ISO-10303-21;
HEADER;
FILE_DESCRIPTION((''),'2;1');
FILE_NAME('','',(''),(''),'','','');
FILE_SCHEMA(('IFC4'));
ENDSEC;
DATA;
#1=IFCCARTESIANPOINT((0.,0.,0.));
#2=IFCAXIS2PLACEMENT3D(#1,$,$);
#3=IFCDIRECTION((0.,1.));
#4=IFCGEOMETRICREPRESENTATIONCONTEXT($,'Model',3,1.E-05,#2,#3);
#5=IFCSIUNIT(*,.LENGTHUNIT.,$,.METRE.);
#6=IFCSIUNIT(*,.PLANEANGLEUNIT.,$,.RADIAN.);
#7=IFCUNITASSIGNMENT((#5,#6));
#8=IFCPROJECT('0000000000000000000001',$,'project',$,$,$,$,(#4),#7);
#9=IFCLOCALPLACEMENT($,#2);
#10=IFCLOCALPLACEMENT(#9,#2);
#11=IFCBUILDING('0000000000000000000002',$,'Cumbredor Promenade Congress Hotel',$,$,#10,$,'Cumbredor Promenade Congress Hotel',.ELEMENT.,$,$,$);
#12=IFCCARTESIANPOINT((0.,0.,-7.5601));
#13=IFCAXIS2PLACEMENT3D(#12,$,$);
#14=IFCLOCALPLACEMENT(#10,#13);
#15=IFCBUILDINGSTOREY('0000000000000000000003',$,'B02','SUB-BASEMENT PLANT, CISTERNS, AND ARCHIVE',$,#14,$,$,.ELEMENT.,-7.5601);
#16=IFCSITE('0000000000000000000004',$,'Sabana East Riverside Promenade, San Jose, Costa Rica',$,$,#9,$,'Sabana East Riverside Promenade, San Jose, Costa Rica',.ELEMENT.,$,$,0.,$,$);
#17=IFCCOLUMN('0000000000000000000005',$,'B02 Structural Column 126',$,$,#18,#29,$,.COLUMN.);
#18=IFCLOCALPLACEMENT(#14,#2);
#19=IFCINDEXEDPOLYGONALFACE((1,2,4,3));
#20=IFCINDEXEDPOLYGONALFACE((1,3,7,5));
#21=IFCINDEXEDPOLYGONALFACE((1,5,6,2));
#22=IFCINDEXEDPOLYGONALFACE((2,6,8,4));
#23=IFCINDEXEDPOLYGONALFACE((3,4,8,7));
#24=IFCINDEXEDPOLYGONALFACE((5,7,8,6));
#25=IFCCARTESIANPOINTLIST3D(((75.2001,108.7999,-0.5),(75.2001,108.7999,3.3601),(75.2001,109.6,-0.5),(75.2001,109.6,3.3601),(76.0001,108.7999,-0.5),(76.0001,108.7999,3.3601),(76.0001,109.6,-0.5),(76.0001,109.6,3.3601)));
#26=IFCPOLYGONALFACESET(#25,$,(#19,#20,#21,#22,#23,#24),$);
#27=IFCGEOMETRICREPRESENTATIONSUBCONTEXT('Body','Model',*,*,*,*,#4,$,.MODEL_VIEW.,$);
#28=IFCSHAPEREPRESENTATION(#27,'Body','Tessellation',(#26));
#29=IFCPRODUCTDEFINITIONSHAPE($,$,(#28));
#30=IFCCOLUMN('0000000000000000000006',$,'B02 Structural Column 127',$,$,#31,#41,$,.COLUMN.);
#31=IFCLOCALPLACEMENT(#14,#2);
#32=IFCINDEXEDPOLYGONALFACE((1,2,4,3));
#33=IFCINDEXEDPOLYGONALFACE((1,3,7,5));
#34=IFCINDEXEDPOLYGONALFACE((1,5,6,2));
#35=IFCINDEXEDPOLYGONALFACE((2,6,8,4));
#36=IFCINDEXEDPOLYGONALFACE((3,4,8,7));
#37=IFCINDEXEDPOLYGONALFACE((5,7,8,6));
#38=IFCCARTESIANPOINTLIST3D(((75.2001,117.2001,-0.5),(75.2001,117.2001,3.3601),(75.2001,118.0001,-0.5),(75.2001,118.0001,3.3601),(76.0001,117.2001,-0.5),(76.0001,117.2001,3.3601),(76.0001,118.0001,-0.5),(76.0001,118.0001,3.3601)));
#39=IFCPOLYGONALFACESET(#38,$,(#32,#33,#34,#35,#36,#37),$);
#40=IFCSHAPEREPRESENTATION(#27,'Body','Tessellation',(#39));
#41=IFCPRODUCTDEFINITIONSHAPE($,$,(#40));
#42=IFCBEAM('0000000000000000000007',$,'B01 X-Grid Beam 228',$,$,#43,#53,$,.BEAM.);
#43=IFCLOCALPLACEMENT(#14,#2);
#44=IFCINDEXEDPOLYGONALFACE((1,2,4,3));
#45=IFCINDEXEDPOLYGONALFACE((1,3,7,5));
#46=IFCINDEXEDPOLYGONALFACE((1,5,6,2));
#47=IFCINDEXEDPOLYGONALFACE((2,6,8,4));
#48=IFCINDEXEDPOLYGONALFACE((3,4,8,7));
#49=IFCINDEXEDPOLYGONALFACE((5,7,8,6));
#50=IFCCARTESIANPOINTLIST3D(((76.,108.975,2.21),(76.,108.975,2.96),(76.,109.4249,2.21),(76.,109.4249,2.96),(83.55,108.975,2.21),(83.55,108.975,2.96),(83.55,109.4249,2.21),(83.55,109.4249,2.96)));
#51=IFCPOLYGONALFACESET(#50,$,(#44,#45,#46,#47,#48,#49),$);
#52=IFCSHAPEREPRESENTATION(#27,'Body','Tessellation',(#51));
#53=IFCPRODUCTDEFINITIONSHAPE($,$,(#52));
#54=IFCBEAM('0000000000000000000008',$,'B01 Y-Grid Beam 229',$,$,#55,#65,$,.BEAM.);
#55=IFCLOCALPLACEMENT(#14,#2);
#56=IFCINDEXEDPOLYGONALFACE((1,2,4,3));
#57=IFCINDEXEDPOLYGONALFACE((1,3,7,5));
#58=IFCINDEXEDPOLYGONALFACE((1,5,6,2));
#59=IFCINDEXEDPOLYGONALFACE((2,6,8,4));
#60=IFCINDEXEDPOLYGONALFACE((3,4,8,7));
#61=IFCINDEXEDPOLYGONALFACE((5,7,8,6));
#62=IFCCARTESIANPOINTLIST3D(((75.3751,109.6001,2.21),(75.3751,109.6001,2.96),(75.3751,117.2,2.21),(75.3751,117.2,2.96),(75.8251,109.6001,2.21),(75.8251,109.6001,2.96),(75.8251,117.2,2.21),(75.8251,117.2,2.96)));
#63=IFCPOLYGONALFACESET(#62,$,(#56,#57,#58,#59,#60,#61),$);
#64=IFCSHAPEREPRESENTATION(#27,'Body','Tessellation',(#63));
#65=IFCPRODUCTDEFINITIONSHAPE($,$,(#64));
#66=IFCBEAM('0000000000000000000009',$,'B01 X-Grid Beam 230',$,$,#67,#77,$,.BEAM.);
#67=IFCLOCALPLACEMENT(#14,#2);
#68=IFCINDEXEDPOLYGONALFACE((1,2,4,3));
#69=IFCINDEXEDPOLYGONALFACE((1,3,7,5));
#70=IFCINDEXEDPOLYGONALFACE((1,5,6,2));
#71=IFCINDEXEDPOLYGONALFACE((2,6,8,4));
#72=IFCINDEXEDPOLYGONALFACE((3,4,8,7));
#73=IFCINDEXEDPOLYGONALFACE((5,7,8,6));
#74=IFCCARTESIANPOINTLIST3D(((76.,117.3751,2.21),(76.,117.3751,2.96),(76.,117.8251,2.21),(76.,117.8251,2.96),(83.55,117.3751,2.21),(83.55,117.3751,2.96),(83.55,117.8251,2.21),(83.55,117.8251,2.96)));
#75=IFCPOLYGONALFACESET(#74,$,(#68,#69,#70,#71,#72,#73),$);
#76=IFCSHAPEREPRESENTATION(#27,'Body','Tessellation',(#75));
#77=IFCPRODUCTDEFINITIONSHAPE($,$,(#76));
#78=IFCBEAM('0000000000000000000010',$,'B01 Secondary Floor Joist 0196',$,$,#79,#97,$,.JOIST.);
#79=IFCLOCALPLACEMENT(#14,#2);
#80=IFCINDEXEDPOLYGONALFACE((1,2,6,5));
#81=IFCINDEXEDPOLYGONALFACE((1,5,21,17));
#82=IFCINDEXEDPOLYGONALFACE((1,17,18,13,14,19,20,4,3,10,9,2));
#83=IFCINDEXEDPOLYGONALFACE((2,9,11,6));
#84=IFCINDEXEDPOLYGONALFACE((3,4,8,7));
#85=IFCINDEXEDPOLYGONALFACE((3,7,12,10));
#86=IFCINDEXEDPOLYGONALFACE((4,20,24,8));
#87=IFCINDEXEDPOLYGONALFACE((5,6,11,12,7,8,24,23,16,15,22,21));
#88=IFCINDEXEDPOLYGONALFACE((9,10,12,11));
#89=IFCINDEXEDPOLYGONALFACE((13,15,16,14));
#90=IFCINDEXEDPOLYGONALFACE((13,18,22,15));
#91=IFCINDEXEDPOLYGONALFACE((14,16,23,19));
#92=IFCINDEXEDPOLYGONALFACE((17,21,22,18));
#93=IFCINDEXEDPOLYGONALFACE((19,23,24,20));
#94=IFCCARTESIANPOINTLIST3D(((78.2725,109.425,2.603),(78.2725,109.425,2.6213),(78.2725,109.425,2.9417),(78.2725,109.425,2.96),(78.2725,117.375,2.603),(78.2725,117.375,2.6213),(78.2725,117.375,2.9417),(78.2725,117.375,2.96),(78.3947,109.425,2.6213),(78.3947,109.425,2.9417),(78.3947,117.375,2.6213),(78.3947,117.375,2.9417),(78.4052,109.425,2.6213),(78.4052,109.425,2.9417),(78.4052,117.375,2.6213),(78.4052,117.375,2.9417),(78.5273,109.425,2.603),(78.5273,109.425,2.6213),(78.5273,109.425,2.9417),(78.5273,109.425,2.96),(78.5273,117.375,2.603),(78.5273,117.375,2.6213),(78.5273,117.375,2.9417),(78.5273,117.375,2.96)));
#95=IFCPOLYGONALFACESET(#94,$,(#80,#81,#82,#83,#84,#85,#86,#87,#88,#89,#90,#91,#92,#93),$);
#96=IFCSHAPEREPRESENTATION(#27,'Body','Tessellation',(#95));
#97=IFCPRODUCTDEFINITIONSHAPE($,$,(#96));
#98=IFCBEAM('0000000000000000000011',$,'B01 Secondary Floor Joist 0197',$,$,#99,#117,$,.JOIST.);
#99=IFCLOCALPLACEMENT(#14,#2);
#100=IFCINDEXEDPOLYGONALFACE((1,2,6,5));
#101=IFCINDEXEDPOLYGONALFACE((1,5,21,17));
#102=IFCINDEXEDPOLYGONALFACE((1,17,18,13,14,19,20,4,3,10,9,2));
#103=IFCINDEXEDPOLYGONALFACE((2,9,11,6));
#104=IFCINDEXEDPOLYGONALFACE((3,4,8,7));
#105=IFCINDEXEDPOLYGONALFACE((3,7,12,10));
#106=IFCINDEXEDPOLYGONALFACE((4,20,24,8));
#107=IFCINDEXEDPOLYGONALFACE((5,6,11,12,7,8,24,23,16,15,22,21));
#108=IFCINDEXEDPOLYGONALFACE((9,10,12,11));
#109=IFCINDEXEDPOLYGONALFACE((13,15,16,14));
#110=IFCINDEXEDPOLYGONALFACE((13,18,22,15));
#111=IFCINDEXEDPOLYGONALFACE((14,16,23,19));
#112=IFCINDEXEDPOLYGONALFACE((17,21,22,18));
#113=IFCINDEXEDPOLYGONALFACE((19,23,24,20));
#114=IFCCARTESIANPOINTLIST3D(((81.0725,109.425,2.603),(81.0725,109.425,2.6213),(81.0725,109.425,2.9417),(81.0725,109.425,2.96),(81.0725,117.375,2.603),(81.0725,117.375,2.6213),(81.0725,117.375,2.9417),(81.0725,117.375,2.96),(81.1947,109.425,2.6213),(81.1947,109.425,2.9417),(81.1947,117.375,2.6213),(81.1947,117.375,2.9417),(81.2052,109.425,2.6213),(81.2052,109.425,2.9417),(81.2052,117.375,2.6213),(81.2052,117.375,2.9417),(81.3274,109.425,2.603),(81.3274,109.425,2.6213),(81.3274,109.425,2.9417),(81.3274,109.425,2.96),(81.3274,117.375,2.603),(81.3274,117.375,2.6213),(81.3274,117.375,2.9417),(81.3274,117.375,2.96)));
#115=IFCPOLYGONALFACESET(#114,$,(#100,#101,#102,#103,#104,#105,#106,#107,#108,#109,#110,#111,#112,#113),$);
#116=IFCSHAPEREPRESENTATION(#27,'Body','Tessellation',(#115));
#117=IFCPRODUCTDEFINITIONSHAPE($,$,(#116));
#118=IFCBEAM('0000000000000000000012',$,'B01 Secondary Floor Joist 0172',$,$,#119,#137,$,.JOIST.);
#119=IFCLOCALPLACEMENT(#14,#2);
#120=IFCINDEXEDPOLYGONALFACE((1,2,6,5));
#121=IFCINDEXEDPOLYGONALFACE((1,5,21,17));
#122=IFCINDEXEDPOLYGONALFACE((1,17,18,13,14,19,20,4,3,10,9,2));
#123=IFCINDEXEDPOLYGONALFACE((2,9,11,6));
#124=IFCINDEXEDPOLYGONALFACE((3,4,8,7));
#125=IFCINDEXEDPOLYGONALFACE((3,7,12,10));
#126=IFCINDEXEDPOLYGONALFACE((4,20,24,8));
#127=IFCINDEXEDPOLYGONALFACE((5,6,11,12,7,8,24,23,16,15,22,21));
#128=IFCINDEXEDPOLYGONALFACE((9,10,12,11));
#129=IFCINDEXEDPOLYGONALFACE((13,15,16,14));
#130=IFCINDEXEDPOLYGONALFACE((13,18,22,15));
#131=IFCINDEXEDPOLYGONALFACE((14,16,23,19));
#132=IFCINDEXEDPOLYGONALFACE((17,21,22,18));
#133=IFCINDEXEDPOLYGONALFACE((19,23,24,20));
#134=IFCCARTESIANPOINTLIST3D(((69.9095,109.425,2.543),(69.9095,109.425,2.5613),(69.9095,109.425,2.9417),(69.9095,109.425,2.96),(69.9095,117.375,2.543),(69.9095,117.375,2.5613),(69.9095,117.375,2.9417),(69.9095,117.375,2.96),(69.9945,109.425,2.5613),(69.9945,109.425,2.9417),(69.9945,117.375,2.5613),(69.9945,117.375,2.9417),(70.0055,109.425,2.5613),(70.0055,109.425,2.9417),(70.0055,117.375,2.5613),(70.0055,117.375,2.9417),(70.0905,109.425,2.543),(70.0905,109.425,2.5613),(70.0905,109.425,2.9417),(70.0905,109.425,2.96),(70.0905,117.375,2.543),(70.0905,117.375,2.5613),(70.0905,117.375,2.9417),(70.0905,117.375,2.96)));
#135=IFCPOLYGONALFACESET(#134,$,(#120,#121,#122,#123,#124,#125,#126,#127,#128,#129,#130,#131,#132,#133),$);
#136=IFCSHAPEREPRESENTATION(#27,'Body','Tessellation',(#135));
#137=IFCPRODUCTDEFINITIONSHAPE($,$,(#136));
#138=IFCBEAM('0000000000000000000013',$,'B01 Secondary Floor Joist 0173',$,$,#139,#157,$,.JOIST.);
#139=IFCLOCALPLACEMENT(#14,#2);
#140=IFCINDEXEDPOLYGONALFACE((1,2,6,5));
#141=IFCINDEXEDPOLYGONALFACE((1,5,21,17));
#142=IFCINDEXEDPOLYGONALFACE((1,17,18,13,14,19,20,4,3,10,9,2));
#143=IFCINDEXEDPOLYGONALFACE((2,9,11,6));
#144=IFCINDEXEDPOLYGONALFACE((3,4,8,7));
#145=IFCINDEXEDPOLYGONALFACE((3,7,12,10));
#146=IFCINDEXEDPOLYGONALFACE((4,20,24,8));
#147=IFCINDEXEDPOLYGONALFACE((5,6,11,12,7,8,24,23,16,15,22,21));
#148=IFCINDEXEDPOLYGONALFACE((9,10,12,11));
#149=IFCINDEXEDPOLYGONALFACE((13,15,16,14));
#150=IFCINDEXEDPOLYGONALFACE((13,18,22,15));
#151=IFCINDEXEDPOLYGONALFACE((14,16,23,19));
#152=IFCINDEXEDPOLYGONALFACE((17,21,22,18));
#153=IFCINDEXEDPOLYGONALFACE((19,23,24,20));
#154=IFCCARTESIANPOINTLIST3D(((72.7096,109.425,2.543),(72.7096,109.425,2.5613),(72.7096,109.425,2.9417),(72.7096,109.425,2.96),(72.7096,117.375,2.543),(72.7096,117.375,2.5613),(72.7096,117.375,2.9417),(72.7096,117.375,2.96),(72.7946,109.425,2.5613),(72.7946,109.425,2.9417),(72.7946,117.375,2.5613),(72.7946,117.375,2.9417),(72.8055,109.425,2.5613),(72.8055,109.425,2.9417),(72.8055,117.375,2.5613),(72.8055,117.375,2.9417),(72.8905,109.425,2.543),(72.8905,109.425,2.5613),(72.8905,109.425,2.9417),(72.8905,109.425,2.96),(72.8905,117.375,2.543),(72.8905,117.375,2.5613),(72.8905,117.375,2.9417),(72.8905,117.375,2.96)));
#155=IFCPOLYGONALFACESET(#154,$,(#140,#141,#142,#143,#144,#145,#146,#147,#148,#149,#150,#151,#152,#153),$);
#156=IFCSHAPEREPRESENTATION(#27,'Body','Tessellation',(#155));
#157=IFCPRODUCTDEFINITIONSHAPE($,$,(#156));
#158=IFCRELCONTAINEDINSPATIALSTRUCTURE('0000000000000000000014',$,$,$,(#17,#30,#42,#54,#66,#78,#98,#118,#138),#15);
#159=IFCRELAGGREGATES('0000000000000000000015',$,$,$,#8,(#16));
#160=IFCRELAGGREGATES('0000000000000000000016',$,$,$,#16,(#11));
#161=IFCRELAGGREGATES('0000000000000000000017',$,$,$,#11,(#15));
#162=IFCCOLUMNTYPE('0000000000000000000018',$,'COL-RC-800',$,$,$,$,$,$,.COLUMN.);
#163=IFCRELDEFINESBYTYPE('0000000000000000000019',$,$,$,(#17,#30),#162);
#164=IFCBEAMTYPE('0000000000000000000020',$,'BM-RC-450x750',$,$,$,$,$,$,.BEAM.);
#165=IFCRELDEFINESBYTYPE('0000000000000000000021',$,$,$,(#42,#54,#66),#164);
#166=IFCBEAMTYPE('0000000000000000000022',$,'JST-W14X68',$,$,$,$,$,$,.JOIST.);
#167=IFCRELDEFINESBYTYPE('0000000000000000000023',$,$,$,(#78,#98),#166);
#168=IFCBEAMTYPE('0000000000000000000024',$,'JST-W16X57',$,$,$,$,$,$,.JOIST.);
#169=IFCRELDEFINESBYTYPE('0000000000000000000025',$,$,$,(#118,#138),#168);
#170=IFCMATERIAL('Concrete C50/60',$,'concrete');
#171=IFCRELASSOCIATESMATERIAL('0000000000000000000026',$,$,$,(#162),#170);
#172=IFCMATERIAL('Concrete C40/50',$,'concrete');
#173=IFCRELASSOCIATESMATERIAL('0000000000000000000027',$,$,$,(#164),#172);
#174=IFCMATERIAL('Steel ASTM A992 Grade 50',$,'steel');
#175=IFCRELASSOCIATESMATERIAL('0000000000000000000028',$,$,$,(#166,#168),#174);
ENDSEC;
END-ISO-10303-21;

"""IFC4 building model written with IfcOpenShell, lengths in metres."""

from ifc_helpers import new_model, si_unit, direction, frame, origin, origin_2d, place, context, subcontext, project, spatial, rectangle, i_section, extrude, material, material_profile, profile_set, type_object, element, save


model = new_model("IFC4")

# Units and contexts
model_context = context("Model", 3, precision=1e-05, world=origin(), true_north=direction((0.0, 1.0)))
body_context = subcontext(model_context, "Body", "Model", "MODEL_VIEW")
ifc_project = project(units=[si_unit("LENGTHUNIT", "METRE"), si_unit("PLANEANGLEUNIT", "RADIAN")], contexts=[model_context])

# Site, building, storey
site_placement = place(None, origin())
site = spatial("IfcSite", under=ifc_project, at=site_placement, Name="Sabana East Riverside Promenade, San Jose, Costa Rica", LongName="Sabana East Riverside Promenade, San Jose, Costa Rica", CompositionType="ELEMENT", RefElevation=0.0)
building_placement = place(site_placement, origin())
building = spatial("IfcBuilding", under=site, at=building_placement, Name="Cumbredor Promenade Congress Hotel", LongName="Cumbredor Promenade Congress Hotel", CompositionType="ELEMENT")
storey_placement = place(building_placement, frame((0.0, 0.0, -7.5601)))
storey = spatial("IfcBuildingStorey", under=building, at=storey_placement, Name="B02", Description="SUB-BASEMENT PLANT, CISTERNS, AND ARCHIVE", CompositionType="ELEMENT", Elevation=-7.5601)

# Shared definitions
ifc_material_1 = material(Name="Concrete C40/50", Category="concrete")

# Columns
ifc_material_2 = material(Name="Concrete C50/60", Category="concrete")
ifc_material_profile_1 = material_profile(ifc_material_2, rectangle(XDim=0.8, YDim=0.8, at=origin_2d()), Name="RC 800x800")
ifc_profile_set_1 = profile_set([ifc_material_profile_1], Name="Concrete C50/60")
column_type = type_object("IfcColumnType", Name="COL-RC-800", PredefinedType="COLUMN", material=ifc_profile_set_1)
for number, where, z_axis, x_axis, name in (
    (1, (75.6001, 109.2, -0.5), (0.0, 0.0, 1.0), (1.0, 0.0, 0.0), "B02 Structural Column 126"),
    (2, (75.6001, 117.6001, -0.5), (0.0, 0.0, 1.0), (1.0, 0.0, 0.0), "B02 Structural Column 127"),
):
    element("IfcColumn", number, at=place(storey_placement, frame(where, z_axis=z_axis, x_axis=x_axis)), inside=storey, type_object=column_type, Name=name, PredefinedType="COLUMN", context=body_context, shape_type="SweptSolid", body=[
        extrude(rectangle(XDim=0.8, YDim=0.8, at=origin_2d()), origin(), (0.0, 0.0, 1.0), 3.8601),
    ])

# Beams
ifc_material_profile_2 = material_profile(ifc_material_1, rectangle(XDim=0.45, YDim=0.75, at=origin_2d()), Name="RC BEAM 450x750")
ifc_profile_set_2 = profile_set([ifc_material_profile_2], Name="Concrete C40/50")
beam_type_1 = type_object("IfcBeamType", Name="BM-RC-450x750", PredefinedType="BEAM", material=ifc_profile_set_2)
beam_1_placement = place(storey_placement, frame((76.0, 109.2, 2.585), z_axis=(1.0, 0.0, 0.0), x_axis=(0.0, 1.0, 0.0)))
element("IfcBeam", 3, at=beam_1_placement, inside=storey, type_object=beam_type_1, Name="B01 X-Grid Beam 228", PredefinedType="BEAM", context=body_context, shape_type="SweptSolid", body=[
    extrude(rectangle(XDim=0.45, YDim=0.75, at=origin_2d()), origin(), (0.0, 0.0, 1.0), 7.55),
])
beam_2_placement = place(storey_placement, frame((75.6001, 109.6001, 2.585), z_axis=(0.0, 1.0, 0.0), x_axis=(-1.0, 0.0, 0.0)))
element("IfcBeam", 4, at=beam_2_placement, inside=storey, type_object=beam_type_1, Name="B01 Y-Grid Beam 229", PredefinedType="BEAM", context=body_context, shape_type="SweptSolid", body=[
    extrude(rectangle(XDim=0.45, YDim=0.75, at=origin_2d()), origin(), (0.0, 0.0, 1.0), 7.5999),
])
beam_3_placement = place(storey_placement, frame((76.0, 117.6001, 2.585), z_axis=(1.0, 0.0, 0.0), x_axis=(0.0, 1.0, 0.0)))
element("IfcBeam", 5, at=beam_3_placement, inside=storey, type_object=beam_type_1, Name="B01 X-Grid Beam 230", PredefinedType="BEAM", context=body_context, shape_type="SweptSolid", body=[
    extrude(rectangle(XDim=0.45, YDim=0.75, at=origin_2d()), origin(), (0.0, 0.0, 1.0), 7.55),
])
ifc_material_3 = material(Name="Steel ASTM A992 Grade 50", Category="steel")
ifc_material_profile_3 = material_profile(ifc_material_3, i_section(OverallWidth=0.2549, OverallDepth=0.3569, WebThickness=0.0105, FlangeThickness=0.0183, at=origin_2d()), Name="W14X68")
ifc_profile_set_3 = profile_set([ifc_material_profile_3], Name="Steel ASTM A992 Grade 50")
beam_type_2 = type_object("IfcBeamType", Name="JST-W14X68", PredefinedType="JOIST", material=ifc_profile_set_3)
for number, where, z_axis, x_axis, name in (
    (6, (78.3999, 109.425, 2.7815), (0.0, 1.0, 0.0), (-1.0, 0.0, 0.0), "B01 Secondary Floor Joist 0196"),
    (7, (81.2, 109.425, 2.7815), (0.0, 1.0, 0.0), (-1.0, 0.0, 0.0), "B01 Secondary Floor Joist 0197"),
):
    element("IfcBeam", number, at=place(storey_placement, frame(where, z_axis=z_axis, x_axis=x_axis)), inside=storey, type_object=beam_type_2, Name=name, PredefinedType="JOIST", context=body_context, shape_type="SweptSolid", body=[
        extrude(i_section(OverallWidth=0.2549, OverallDepth=0.3569, WebThickness=0.0105, FlangeThickness=0.0183, at=origin_2d()), origin(), (0.0, 0.0, 1.0), 7.95),
    ])
ifc_material_profile_4 = material_profile(ifc_material_3, i_section(OverallWidth=0.1809, OverallDepth=0.417, WebThickness=0.011, FlangeThickness=0.0183, at=origin_2d()), Name="W16X57")
ifc_profile_set_4 = profile_set([ifc_material_profile_4], Name="Steel ASTM A992 Grade 50")
beam_type_3 = type_object("IfcBeamType", Name="JST-W16X57", PredefinedType="JOIST", material=ifc_profile_set_4)
for number, where, z_axis, x_axis, name in (
    (8, (70.0, 109.425, 2.7515), (0.0, 1.0, 0.0), (-1.0, 0.0, 0.0), "B01 Secondary Floor Joist 0172"),
    (9, (72.8, 109.425, 2.7515), (0.0, 1.0, 0.0), (-1.0, 0.0, 0.0), "B01 Secondary Floor Joist 0173"),
):
    element("IfcBeam", number, at=place(storey_placement, frame(where, z_axis=z_axis, x_axis=x_axis)), inside=storey, type_object=beam_type_3, Name=name, PredefinedType="JOIST", context=body_context, shape_type="SweptSolid", body=[
        extrude(i_section(OverallWidth=0.1809, OverallDepth=0.417, WebThickness=0.011, FlangeThickness=0.0183, at=origin_2d()), origin(), (0.0, 0.0, 1.0), 7.95),
    ])

save(model, "model.ifc")
